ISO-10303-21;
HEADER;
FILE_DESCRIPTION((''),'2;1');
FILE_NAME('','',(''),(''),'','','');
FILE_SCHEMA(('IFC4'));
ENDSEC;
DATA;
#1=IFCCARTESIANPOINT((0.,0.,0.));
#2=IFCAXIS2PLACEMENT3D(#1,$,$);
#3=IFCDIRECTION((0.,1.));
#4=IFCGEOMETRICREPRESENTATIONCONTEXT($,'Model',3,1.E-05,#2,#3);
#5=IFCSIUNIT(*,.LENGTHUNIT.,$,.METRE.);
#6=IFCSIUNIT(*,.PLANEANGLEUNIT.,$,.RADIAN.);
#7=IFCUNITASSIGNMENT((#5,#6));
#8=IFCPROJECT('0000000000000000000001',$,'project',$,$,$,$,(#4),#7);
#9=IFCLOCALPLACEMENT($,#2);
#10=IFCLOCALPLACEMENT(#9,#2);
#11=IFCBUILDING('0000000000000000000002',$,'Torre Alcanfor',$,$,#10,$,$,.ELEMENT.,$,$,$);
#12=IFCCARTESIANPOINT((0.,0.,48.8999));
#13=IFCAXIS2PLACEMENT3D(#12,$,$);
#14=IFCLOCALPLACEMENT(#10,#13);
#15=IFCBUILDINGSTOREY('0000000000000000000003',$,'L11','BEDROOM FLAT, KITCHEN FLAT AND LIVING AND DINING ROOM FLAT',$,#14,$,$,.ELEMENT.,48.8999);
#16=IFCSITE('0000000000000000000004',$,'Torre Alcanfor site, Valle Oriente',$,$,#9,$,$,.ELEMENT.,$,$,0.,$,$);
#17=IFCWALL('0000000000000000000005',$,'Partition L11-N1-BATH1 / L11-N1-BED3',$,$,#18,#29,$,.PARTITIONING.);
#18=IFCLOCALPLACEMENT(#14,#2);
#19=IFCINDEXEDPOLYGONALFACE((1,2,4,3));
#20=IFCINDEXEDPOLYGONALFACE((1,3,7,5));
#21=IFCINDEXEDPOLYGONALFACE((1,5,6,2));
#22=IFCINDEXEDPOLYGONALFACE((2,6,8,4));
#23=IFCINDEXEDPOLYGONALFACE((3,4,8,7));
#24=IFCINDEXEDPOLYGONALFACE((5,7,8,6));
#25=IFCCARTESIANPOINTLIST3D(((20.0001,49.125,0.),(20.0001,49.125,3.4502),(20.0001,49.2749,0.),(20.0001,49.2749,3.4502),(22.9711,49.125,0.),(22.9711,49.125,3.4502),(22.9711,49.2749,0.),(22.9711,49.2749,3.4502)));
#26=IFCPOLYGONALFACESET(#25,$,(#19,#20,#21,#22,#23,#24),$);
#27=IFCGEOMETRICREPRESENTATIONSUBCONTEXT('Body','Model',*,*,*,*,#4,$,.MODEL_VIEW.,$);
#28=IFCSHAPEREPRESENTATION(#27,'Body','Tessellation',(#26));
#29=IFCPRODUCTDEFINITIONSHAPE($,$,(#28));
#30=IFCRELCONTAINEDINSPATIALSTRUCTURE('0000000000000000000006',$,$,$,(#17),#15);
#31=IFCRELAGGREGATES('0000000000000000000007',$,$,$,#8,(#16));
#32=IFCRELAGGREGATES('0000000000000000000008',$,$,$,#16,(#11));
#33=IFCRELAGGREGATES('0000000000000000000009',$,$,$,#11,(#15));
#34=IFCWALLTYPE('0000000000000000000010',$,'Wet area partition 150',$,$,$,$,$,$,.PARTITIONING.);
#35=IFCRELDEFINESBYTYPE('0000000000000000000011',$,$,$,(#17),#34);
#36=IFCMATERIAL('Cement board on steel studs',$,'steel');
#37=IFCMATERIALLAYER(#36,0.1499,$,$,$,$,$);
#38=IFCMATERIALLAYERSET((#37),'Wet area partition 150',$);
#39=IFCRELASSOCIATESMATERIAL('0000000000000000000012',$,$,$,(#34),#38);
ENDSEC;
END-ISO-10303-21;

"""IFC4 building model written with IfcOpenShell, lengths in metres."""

from ifc_helpers import new_model, si_unit, direction, frame, frame_2d, origin, place, context, subcontext, project, spatial, rectangle, extrude, material, layer, layer_set, type_object, element, save


model = new_model("IFC4")

# Units and contexts
model_context = context("Model", 3, precision=1e-05, world=origin(), true_north=direction((0.0, 1.0)))
body_context = subcontext(model_context, "Body", "Model", "MODEL_VIEW")
ifc_project = project(units=[si_unit("LENGTHUNIT", "METRE"), si_unit("PLANEANGLEUNIT", "RADIAN")], contexts=[model_context])

# Site, building, storey
site_placement = place(None, origin())
site = spatial("IfcSite", under=ifc_project, at=site_placement, Name="Torre Alcanfor site, Valle Oriente", CompositionType="ELEMENT", RefElevation=0.0)
building_placement = place(site_placement, origin())
building = spatial("IfcBuilding", under=site, at=building_placement, Name="Torre Alcanfor", CompositionType="ELEMENT")
storey_placement = place(building_placement, frame((0.0, 0.0, 48.8999)))
storey = spatial("IfcBuildingStorey", under=building, at=storey_placement, Name="L11", Description="BEDROOM FLAT, KITCHEN FLAT AND LIVING AND DINING ROOM FLAT", CompositionType="ELEMENT", Elevation=48.8999)

# Shared definitions
ifc_material_1 = material(Name="Cement board on steel studs", Category="steel")
ifc_layer_1 = layer(ifc_material_1, 0.1499)
ifc_layer_set_1 = layer_set([ifc_layer_1], Name="Wet area partition 150")
wall_type_1 = type_object("IfcWallType", Name="Wet area partition 150", PredefinedType="PARTITIONING", material=ifc_layer_set_1)

# Wall
for number, where, z_axis, x_axis, name in (
    (1, (22.9709, 49.2, 0.0), (0.0, 0.0, 1.0), (-1.0, 0.0, 0.0), "Partition L11-N1-BATH1 / L11-N1-BED3"),
):
    element("IfcWall", number, at=place(storey_placement, frame(where, z_axis=z_axis, x_axis=x_axis)), inside=storey, type_object=wall_type_1, Name=name, PredefinedType="PARTITIONING", context=body_context, shape_type="SweptSolid", body=[
        extrude(rectangle(XDim=2.9709, YDim=0.1499, at=frame_2d((1.4854, 0.0))), origin(), (0.0, 0.0, 1.0), 3.4502),
    ])

save(model, "model.ifc")
